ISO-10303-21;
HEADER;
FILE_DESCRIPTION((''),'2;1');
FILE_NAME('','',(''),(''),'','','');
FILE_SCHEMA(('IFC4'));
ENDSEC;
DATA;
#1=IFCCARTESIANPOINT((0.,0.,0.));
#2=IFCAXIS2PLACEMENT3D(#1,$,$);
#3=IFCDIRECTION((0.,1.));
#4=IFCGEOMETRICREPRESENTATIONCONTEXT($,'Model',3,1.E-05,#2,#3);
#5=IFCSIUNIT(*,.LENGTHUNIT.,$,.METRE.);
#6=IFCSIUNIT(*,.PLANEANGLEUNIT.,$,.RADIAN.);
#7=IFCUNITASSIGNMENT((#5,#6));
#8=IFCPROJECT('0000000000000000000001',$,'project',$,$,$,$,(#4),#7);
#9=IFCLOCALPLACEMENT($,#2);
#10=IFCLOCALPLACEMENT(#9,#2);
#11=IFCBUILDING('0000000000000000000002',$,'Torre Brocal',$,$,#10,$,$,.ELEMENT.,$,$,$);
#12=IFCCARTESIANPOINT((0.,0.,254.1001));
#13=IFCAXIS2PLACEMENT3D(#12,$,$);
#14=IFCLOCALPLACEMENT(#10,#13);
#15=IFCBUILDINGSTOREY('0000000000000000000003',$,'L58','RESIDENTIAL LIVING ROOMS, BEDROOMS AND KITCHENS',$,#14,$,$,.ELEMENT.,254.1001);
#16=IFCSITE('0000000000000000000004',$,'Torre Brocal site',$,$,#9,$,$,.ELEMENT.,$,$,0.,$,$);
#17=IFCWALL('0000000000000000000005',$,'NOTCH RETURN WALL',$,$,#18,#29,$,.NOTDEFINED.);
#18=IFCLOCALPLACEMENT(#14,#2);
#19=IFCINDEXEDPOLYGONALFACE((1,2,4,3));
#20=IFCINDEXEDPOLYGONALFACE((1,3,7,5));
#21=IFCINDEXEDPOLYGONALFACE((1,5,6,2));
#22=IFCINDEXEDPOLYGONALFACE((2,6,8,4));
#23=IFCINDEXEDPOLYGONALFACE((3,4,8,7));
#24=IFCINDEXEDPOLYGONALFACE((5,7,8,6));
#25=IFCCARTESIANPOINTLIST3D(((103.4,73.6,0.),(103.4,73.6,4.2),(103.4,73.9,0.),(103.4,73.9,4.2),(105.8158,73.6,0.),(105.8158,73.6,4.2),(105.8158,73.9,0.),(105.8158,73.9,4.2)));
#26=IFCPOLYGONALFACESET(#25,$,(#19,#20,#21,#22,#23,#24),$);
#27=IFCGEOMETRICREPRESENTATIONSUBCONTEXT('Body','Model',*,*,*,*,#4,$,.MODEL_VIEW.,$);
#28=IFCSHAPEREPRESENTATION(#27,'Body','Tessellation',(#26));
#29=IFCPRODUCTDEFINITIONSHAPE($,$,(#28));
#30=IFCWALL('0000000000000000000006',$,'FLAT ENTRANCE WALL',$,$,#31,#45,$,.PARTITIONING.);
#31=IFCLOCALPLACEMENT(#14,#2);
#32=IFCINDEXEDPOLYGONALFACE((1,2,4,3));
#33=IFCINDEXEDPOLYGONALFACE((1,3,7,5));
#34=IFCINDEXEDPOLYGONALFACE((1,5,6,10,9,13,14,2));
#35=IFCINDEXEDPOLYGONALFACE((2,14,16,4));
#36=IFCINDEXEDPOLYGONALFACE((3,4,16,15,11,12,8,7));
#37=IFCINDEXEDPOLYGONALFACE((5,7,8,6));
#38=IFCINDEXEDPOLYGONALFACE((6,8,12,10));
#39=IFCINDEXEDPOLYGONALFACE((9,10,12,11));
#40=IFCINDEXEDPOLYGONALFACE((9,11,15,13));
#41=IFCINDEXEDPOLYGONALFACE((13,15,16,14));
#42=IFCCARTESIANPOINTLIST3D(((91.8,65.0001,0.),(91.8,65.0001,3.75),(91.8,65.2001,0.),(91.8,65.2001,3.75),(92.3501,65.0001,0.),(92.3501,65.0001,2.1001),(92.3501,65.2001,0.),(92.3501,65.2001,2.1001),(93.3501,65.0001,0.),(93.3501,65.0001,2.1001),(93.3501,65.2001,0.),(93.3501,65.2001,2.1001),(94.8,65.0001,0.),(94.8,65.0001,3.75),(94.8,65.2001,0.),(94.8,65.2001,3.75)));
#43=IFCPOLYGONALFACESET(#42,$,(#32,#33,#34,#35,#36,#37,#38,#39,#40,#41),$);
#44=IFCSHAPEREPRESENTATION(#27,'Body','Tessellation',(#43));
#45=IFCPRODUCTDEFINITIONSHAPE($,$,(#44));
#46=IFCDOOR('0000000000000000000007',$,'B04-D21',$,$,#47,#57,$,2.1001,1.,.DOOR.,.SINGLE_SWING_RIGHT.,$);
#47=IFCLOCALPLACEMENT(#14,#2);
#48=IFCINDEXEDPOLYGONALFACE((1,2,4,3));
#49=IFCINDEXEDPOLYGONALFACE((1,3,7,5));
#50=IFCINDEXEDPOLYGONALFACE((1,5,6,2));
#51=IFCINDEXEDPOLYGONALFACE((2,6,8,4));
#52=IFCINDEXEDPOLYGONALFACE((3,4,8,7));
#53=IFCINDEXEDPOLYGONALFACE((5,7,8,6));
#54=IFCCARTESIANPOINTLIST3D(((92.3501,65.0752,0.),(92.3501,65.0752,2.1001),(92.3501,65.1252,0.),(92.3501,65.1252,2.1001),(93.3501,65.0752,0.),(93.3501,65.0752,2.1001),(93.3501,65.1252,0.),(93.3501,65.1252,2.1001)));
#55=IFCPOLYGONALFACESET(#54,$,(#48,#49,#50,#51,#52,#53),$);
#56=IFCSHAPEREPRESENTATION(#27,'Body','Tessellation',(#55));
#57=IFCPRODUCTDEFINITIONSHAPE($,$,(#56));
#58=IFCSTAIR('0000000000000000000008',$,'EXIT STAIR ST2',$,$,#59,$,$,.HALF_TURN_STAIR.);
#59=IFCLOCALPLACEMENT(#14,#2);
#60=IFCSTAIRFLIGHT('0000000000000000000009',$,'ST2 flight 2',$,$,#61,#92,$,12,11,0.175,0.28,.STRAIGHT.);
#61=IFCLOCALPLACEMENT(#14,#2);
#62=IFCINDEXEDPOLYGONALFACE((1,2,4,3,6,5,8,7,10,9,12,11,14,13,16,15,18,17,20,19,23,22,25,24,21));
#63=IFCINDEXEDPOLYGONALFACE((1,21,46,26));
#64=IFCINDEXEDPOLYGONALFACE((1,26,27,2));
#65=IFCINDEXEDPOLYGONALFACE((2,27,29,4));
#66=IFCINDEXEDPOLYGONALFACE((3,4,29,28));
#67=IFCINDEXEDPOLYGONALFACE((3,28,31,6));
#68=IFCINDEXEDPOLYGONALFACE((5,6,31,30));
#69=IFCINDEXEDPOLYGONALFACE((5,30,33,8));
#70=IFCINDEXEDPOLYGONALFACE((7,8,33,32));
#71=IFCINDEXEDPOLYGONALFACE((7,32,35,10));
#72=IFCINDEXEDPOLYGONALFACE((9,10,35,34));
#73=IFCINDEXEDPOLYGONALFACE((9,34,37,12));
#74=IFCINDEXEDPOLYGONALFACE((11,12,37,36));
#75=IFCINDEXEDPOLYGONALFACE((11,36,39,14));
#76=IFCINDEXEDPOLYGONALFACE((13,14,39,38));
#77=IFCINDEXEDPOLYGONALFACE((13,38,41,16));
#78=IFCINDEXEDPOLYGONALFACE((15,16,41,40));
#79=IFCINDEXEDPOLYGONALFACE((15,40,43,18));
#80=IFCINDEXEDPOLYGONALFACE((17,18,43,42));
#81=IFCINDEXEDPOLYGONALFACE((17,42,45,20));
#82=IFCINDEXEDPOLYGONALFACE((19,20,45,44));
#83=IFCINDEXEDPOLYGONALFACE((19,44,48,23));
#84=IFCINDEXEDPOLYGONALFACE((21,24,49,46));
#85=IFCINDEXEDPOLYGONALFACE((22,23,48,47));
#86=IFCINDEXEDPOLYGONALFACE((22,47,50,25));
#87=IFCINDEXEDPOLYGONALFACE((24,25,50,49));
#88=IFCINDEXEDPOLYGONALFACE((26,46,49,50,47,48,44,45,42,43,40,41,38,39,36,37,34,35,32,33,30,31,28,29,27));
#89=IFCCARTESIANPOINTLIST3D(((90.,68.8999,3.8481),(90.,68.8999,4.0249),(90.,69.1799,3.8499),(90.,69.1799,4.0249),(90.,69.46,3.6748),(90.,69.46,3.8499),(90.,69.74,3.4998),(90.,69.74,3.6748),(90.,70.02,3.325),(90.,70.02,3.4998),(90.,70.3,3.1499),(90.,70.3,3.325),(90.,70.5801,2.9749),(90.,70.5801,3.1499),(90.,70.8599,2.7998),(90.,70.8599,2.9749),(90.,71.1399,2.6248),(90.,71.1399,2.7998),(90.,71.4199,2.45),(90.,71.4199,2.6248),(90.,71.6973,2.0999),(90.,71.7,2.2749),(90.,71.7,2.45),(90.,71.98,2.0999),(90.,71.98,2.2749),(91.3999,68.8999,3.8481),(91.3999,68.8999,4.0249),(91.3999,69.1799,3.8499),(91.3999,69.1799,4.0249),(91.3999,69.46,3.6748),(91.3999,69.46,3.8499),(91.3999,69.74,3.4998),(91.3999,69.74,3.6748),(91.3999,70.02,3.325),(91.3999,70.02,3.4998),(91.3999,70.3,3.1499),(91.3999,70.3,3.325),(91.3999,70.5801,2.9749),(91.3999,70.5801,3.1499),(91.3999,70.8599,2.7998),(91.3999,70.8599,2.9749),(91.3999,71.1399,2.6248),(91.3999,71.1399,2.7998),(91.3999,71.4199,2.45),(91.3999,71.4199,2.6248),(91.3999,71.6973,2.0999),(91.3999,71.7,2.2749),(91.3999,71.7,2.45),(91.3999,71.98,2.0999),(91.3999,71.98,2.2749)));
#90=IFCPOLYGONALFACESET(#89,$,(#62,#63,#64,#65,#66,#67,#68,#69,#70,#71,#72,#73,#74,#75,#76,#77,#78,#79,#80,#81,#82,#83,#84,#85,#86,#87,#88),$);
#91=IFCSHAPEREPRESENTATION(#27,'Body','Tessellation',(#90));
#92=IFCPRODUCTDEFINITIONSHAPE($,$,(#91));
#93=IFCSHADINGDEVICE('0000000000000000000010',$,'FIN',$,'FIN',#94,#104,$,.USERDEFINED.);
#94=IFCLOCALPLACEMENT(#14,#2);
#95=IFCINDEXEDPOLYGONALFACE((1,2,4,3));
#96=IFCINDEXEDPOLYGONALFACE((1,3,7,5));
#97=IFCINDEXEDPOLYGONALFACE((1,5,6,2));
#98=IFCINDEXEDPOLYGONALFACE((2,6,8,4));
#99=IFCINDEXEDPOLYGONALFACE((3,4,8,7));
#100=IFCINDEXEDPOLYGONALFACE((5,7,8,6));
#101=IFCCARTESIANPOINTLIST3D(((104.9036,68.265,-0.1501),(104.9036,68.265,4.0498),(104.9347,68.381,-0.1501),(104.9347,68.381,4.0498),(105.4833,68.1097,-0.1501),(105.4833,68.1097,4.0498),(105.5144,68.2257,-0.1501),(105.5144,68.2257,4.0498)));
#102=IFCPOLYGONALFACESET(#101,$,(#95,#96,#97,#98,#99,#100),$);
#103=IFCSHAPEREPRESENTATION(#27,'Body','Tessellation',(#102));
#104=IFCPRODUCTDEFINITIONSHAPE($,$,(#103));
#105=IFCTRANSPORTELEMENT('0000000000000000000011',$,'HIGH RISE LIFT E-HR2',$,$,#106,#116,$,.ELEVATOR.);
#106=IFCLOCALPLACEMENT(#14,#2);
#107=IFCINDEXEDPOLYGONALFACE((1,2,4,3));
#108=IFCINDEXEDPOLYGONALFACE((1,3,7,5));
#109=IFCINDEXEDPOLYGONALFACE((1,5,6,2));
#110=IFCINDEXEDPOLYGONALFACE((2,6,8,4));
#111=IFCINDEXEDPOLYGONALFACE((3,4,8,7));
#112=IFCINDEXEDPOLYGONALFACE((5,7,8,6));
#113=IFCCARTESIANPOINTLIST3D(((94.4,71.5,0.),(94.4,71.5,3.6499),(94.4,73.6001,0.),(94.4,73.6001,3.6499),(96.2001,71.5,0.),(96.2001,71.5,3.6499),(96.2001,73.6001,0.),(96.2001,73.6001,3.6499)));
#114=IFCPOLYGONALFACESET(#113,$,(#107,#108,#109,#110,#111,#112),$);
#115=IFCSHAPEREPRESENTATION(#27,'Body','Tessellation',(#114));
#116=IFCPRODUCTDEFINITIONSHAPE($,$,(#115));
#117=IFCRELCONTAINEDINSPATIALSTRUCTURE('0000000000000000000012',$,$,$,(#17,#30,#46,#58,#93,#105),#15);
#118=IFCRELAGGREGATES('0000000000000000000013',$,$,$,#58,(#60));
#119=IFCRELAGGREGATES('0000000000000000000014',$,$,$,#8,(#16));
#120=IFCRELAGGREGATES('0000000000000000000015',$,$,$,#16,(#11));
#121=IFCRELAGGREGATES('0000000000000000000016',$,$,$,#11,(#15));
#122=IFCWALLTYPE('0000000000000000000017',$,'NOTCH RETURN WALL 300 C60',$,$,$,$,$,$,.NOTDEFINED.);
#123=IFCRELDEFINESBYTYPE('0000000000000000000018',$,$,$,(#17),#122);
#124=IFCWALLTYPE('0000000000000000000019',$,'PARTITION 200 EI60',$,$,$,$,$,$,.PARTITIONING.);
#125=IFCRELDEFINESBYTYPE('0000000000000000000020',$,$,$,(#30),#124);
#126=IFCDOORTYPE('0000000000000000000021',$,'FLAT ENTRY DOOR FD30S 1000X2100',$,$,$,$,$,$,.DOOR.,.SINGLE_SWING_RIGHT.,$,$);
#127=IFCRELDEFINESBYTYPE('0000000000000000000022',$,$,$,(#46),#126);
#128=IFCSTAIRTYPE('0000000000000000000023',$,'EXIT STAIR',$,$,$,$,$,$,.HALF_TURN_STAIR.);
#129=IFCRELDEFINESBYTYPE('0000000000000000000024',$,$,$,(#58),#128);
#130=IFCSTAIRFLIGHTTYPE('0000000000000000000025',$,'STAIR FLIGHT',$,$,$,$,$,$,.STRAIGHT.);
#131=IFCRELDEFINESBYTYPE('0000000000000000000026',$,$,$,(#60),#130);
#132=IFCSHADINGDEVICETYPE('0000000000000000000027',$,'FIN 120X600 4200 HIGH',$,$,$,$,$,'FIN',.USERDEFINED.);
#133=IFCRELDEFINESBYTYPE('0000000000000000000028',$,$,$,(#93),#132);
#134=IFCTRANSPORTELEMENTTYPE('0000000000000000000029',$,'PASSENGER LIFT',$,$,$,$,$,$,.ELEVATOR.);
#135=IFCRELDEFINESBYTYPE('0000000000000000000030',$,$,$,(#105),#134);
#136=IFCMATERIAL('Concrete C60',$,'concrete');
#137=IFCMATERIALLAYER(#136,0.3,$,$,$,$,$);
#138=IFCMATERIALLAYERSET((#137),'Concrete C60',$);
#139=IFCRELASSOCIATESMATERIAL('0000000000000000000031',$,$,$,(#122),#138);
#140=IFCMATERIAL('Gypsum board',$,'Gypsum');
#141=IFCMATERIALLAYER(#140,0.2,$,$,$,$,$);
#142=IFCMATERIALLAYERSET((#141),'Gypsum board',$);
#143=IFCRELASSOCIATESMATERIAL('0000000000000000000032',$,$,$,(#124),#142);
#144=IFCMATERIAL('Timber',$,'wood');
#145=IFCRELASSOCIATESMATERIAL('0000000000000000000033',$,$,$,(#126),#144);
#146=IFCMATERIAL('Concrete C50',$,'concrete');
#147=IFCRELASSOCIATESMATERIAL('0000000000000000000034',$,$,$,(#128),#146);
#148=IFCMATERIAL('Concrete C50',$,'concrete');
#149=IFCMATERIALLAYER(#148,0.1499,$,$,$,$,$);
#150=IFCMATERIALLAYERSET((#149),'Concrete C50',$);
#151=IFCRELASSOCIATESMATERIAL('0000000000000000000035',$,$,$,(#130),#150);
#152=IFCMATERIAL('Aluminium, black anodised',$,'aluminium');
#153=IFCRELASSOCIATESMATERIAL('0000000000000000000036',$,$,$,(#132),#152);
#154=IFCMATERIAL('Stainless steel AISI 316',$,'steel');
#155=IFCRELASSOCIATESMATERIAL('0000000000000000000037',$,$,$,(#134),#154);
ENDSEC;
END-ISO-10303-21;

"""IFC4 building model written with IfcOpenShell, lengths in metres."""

from ifc_helpers import new_model, si_unit, direction, frame, frame_2d, origin, origin_2d, place, context, subcontext, project, spatial, polyline, rectangle, outline, extrude, material, layer, layer_set, material_profile, profile_set, type_object, element, fill, aggregate, save


model = new_model("IFC4")

# Units and contexts
model_context = context("Model", 3, precision=1e-05, world=origin(), true_north=direction((0.0, 1.0)))
body_context = subcontext(model_context, "Body", "Model", "MODEL_VIEW")
ifc_project = project(units=[si_unit("LENGTHUNIT", "METRE"), si_unit("PLANEANGLEUNIT", "RADIAN")], contexts=[model_context])

# Site, building, storey
site_placement = place(None, origin())
site = spatial("IfcSite", under=ifc_project, at=site_placement, Name="Torre Brocal site", CompositionType="ELEMENT", RefElevation=0.0)
building_placement = place(site_placement, origin())
building = spatial("IfcBuilding", under=site, at=building_placement, Name="Torre Brocal", CompositionType="ELEMENT")
storey_placement = place(building_placement, frame((0.0, 0.0, 254.1001)))
storey = spatial("IfcBuildingStorey", under=building, at=storey_placement, Name="L58", Description="RESIDENTIAL LIVING ROOMS, BEDROOMS AND KITCHENS", CompositionType="ELEMENT", Elevation=254.1001)

# Wall
ifc_material_1 = material(Name="Concrete C60", Category="concrete")
ifc_layer_1 = layer(ifc_material_1, 0.3)
ifc_layer_set_1 = layer_set([ifc_layer_1], Name="Concrete C60")
wall_type_1 = type_object("IfcWallType", Name="NOTCH RETURN WALL 300 C60", PredefinedType="NOTDEFINED", material=ifc_layer_set_1)
wall_1_placement = place(storey_placement, frame((103.3999, 73.75, 0.0), z_axis=(0.0, 0.0, 1.0), x_axis=(1.0, 0.0, 0.0)))
element("IfcWall", 1, at=wall_1_placement, inside=storey, type_object=wall_type_1, Name="NOTCH RETURN WALL", PredefinedType="NOTDEFINED", context=body_context, shape_type="SweptSolid", body=[
    extrude(rectangle(XDim=2.4158, YDim=0.3, at=frame_2d((1.208, 0.0))), origin(), (0.0, 0.0, 1.0), 4.2),
])

# Wall, opening, door
ifc_material_2 = material(Name="Gypsum board", Category="Gypsum")
ifc_layer_2 = layer(ifc_material_2, 0.2)
ifc_layer_set_2 = layer_set([ifc_layer_2], Name="Gypsum board")
wall_type_2 = type_object("IfcWallType", Name="PARTITION 200 EI60", PredefinedType="PARTITIONING", material=ifc_layer_set_2)
wall_2_placement = place(storey_placement, frame((91.8, 65.1001, 0.0), z_axis=(0.0, 0.0, 1.0), x_axis=(1.0, 0.0, 0.0)))
wall_2 = element("IfcWall", 2, at=wall_2_placement, inside=storey, type_object=wall_type_2, Name="FLAT ENTRANCE WALL", PredefinedType="PARTITIONING", context=body_context, shape_type="SweptSolid", body=[
    extrude(rectangle(XDim=3.0, YDim=0.2, at=frame_2d((1.5, 0.0))), origin(), (0.0, 0.0, 1.0), 3.75),
])
opening_1_placement = place(wall_2_placement, frame((0.55, 0.0, 0.0)))
opening_1 = element("IfcOpeningElement", 3, at=opening_1_placement, cuts=wall_2, PredefinedType="OPENING", context=body_context, shape_type="SweptSolid", body=[
    extrude(rectangle(XDim=1.0, YDim=2.1001, at=frame_2d((0.5, 1.05))), frame((0.0, 0.1099, 0.0), z_axis=(0.0, -1.0, 0.0), x_axis=(1.0, 0.0, 0.0)), (0.0, 0.0, 1.0), 0.22),
])
ifc_material_3 = material(Name="Timber", Category="wood")
door_type_1 = type_object("IfcDoorType", Name="FLAT ENTRY DOOR FD30S 1000X2100", OperationType="SINGLE_SWING_RIGHT", PredefinedType="DOOR", material=ifc_material_3)
door_1_placement = place(opening_1_placement, frame((1.0, 0.0, 0.0), z_axis=(0.0, 0.0, 1.0), x_axis=(-1.0, 0.0, 0.0)))
door_1 = element("IfcDoor", 4, at=door_1_placement, inside=storey, type_object=door_type_1, Name="B04-D21", OperationType="SINGLE_SWING_RIGHT", OverallHeight=2.1001, OverallWidth=1.0, PredefinedType="DOOR", context=body_context, shape_type="SweptSolid", body=[
    extrude(rectangle(XDim=1.0, YDim=2.1001, at=frame_2d((0.5, 1.05))), frame((0.0, 0.0249, 0.0), z_axis=(0.0, -1.0, 0.0), x_axis=(1.0, 0.0, 0.0)), (0.0, 0.0, 1.0), 0.05),
])
fill(opening_1, door_1)

# Stair, stair flight
ifc_material_4 = material(Name="Concrete C50", Category="concrete")
stair_type = type_object("IfcStairType", Name="EXIT STAIR", PredefinedType="HALF_TURN_STAIR", material=ifc_material_4)
stair_placement = place(storey_placement, origin())
stair = element("IfcStair", 5, at=stair_placement, inside=storey, type_object=stair_type, Name="EXIT STAIR ST2", PredefinedType="HALF_TURN_STAIR")
ifc_material_5 = material(Name="Concrete C50", Category="concrete")
ifc_layer_3 = layer(ifc_material_5, 0.1499)
ifc_layer_set_3 = layer_set([ifc_layer_3], Name="Concrete C50")
stair_flight_type = type_object("IfcStairFlightType", Name="STAIR FLIGHT", PredefinedType="STRAIGHT", material=ifc_layer_set_3)
stair_flight_placement = place(storey_placement, frame((90.7, 71.98, 2.0999), z_axis=(0.0, 0.0, 1.0), x_axis=(0.0, -1.0, 0.0)))
stair_flight = element("IfcStairFlight", 6, at=stair_flight_placement, type_object=stair_flight_type, Name="ST2 flight 2", NumberOfRisers=12, NumberOfTreads=11, PredefinedType="STRAIGHT", RiserHeight=0.175, TreadLength=0.28, context=body_context, shape_type="SweptSolid", body=[
    extrude(outline(polyline([(0.0, 0.0), (0.0, 0.175), (0.28, 0.175), (0.28, 0.3501), (0.5601, 0.3501), (0.5601, 0.5249), (0.8401, 0.5249), (0.8401, 0.7), (1.1201, 0.7), (1.1201, 0.875), (1.3999, 0.875), (1.3999, 1.05), (1.6799, 1.05), (1.6799, 1.2251), (1.96, 1.2251), (1.96, 1.3999), (2.24, 1.3999), (2.24, 1.575), (2.52, 1.575), (2.52, 1.75), (2.8, 1.75), (2.8, 1.925), (3.0801, 1.925), (3.0801, 2.1001), (3.0801, 1.7483), (0.2827, 0.0), (0.0, 0.0)])), frame((0.0, 0.7, 0.0), z_axis=(0.0, -1.0, 0.0), x_axis=(1.0, 0.0, 0.0)), (0.0, 0.0, 1.0), 1.3999),
])
aggregate(stair, [stair_flight])

# Shading device
ifc_material_6 = material(Name="Aluminium, black anodised", Category="aluminium")
ifc_material_profile_1 = material_profile(ifc_material_6, rectangle(XDim=0.1201, YDim=0.6001, at=origin_2d()), Name="FIN 120X600 4200 HIGH")
ifc_profile_set_1 = profile_set([ifc_material_profile_1], Name="Aluminium, black anodised")
shading_device_type = type_object("IfcShadingDeviceType", Name="FIN 120X600 4200 HIGH", ElementType="FIN", PredefinedType="USERDEFINED", material=ifc_profile_set_1)
shading_device_placement = place(storey_placement, frame((105.209, 68.2454, -0.1501), z_axis=(0.0, 0.0, 1.0), x_axis=(0.258819, 0.965926, 0.0)))
element("IfcShadingDevice", 7, at=shading_device_placement, inside=storey, type_object=shading_device_type, Name="FIN", ObjectType="FIN", PredefinedType="USERDEFINED", context=body_context, shape_type="SweptSolid", body=[
    extrude(rectangle(XDim=0.1201, YDim=0.6001, at=origin_2d()), origin(), (0.0, 0.0, 1.0), 4.2),
])

# Transport element
ifc_material_7 = material(Name="Stainless steel AISI 316", Category="steel")
transport_element_type = type_object("IfcTransportElementType", Name="PASSENGER LIFT", PredefinedType="ELEVATOR", material=ifc_material_7)
transport_element_placement = place(storey_placement, frame((95.3, 72.55, 0.0), z_axis=(0.0, 0.0, 1.0), x_axis=(1.0, 0.0, 0.0)))
element("IfcTransportElement", 8, at=transport_element_placement, inside=storey, type_object=transport_element_type, Name="HIGH RISE LIFT E-HR2", PredefinedType="ELEVATOR", context=body_context, shape_type="SweptSolid", body=[
    extrude(rectangle(XDim=1.8, YDim=2.1001, at=origin_2d()), origin(), (0.0, 0.0, 1.0), 3.6499),
])

save(model, "model.ifc")
